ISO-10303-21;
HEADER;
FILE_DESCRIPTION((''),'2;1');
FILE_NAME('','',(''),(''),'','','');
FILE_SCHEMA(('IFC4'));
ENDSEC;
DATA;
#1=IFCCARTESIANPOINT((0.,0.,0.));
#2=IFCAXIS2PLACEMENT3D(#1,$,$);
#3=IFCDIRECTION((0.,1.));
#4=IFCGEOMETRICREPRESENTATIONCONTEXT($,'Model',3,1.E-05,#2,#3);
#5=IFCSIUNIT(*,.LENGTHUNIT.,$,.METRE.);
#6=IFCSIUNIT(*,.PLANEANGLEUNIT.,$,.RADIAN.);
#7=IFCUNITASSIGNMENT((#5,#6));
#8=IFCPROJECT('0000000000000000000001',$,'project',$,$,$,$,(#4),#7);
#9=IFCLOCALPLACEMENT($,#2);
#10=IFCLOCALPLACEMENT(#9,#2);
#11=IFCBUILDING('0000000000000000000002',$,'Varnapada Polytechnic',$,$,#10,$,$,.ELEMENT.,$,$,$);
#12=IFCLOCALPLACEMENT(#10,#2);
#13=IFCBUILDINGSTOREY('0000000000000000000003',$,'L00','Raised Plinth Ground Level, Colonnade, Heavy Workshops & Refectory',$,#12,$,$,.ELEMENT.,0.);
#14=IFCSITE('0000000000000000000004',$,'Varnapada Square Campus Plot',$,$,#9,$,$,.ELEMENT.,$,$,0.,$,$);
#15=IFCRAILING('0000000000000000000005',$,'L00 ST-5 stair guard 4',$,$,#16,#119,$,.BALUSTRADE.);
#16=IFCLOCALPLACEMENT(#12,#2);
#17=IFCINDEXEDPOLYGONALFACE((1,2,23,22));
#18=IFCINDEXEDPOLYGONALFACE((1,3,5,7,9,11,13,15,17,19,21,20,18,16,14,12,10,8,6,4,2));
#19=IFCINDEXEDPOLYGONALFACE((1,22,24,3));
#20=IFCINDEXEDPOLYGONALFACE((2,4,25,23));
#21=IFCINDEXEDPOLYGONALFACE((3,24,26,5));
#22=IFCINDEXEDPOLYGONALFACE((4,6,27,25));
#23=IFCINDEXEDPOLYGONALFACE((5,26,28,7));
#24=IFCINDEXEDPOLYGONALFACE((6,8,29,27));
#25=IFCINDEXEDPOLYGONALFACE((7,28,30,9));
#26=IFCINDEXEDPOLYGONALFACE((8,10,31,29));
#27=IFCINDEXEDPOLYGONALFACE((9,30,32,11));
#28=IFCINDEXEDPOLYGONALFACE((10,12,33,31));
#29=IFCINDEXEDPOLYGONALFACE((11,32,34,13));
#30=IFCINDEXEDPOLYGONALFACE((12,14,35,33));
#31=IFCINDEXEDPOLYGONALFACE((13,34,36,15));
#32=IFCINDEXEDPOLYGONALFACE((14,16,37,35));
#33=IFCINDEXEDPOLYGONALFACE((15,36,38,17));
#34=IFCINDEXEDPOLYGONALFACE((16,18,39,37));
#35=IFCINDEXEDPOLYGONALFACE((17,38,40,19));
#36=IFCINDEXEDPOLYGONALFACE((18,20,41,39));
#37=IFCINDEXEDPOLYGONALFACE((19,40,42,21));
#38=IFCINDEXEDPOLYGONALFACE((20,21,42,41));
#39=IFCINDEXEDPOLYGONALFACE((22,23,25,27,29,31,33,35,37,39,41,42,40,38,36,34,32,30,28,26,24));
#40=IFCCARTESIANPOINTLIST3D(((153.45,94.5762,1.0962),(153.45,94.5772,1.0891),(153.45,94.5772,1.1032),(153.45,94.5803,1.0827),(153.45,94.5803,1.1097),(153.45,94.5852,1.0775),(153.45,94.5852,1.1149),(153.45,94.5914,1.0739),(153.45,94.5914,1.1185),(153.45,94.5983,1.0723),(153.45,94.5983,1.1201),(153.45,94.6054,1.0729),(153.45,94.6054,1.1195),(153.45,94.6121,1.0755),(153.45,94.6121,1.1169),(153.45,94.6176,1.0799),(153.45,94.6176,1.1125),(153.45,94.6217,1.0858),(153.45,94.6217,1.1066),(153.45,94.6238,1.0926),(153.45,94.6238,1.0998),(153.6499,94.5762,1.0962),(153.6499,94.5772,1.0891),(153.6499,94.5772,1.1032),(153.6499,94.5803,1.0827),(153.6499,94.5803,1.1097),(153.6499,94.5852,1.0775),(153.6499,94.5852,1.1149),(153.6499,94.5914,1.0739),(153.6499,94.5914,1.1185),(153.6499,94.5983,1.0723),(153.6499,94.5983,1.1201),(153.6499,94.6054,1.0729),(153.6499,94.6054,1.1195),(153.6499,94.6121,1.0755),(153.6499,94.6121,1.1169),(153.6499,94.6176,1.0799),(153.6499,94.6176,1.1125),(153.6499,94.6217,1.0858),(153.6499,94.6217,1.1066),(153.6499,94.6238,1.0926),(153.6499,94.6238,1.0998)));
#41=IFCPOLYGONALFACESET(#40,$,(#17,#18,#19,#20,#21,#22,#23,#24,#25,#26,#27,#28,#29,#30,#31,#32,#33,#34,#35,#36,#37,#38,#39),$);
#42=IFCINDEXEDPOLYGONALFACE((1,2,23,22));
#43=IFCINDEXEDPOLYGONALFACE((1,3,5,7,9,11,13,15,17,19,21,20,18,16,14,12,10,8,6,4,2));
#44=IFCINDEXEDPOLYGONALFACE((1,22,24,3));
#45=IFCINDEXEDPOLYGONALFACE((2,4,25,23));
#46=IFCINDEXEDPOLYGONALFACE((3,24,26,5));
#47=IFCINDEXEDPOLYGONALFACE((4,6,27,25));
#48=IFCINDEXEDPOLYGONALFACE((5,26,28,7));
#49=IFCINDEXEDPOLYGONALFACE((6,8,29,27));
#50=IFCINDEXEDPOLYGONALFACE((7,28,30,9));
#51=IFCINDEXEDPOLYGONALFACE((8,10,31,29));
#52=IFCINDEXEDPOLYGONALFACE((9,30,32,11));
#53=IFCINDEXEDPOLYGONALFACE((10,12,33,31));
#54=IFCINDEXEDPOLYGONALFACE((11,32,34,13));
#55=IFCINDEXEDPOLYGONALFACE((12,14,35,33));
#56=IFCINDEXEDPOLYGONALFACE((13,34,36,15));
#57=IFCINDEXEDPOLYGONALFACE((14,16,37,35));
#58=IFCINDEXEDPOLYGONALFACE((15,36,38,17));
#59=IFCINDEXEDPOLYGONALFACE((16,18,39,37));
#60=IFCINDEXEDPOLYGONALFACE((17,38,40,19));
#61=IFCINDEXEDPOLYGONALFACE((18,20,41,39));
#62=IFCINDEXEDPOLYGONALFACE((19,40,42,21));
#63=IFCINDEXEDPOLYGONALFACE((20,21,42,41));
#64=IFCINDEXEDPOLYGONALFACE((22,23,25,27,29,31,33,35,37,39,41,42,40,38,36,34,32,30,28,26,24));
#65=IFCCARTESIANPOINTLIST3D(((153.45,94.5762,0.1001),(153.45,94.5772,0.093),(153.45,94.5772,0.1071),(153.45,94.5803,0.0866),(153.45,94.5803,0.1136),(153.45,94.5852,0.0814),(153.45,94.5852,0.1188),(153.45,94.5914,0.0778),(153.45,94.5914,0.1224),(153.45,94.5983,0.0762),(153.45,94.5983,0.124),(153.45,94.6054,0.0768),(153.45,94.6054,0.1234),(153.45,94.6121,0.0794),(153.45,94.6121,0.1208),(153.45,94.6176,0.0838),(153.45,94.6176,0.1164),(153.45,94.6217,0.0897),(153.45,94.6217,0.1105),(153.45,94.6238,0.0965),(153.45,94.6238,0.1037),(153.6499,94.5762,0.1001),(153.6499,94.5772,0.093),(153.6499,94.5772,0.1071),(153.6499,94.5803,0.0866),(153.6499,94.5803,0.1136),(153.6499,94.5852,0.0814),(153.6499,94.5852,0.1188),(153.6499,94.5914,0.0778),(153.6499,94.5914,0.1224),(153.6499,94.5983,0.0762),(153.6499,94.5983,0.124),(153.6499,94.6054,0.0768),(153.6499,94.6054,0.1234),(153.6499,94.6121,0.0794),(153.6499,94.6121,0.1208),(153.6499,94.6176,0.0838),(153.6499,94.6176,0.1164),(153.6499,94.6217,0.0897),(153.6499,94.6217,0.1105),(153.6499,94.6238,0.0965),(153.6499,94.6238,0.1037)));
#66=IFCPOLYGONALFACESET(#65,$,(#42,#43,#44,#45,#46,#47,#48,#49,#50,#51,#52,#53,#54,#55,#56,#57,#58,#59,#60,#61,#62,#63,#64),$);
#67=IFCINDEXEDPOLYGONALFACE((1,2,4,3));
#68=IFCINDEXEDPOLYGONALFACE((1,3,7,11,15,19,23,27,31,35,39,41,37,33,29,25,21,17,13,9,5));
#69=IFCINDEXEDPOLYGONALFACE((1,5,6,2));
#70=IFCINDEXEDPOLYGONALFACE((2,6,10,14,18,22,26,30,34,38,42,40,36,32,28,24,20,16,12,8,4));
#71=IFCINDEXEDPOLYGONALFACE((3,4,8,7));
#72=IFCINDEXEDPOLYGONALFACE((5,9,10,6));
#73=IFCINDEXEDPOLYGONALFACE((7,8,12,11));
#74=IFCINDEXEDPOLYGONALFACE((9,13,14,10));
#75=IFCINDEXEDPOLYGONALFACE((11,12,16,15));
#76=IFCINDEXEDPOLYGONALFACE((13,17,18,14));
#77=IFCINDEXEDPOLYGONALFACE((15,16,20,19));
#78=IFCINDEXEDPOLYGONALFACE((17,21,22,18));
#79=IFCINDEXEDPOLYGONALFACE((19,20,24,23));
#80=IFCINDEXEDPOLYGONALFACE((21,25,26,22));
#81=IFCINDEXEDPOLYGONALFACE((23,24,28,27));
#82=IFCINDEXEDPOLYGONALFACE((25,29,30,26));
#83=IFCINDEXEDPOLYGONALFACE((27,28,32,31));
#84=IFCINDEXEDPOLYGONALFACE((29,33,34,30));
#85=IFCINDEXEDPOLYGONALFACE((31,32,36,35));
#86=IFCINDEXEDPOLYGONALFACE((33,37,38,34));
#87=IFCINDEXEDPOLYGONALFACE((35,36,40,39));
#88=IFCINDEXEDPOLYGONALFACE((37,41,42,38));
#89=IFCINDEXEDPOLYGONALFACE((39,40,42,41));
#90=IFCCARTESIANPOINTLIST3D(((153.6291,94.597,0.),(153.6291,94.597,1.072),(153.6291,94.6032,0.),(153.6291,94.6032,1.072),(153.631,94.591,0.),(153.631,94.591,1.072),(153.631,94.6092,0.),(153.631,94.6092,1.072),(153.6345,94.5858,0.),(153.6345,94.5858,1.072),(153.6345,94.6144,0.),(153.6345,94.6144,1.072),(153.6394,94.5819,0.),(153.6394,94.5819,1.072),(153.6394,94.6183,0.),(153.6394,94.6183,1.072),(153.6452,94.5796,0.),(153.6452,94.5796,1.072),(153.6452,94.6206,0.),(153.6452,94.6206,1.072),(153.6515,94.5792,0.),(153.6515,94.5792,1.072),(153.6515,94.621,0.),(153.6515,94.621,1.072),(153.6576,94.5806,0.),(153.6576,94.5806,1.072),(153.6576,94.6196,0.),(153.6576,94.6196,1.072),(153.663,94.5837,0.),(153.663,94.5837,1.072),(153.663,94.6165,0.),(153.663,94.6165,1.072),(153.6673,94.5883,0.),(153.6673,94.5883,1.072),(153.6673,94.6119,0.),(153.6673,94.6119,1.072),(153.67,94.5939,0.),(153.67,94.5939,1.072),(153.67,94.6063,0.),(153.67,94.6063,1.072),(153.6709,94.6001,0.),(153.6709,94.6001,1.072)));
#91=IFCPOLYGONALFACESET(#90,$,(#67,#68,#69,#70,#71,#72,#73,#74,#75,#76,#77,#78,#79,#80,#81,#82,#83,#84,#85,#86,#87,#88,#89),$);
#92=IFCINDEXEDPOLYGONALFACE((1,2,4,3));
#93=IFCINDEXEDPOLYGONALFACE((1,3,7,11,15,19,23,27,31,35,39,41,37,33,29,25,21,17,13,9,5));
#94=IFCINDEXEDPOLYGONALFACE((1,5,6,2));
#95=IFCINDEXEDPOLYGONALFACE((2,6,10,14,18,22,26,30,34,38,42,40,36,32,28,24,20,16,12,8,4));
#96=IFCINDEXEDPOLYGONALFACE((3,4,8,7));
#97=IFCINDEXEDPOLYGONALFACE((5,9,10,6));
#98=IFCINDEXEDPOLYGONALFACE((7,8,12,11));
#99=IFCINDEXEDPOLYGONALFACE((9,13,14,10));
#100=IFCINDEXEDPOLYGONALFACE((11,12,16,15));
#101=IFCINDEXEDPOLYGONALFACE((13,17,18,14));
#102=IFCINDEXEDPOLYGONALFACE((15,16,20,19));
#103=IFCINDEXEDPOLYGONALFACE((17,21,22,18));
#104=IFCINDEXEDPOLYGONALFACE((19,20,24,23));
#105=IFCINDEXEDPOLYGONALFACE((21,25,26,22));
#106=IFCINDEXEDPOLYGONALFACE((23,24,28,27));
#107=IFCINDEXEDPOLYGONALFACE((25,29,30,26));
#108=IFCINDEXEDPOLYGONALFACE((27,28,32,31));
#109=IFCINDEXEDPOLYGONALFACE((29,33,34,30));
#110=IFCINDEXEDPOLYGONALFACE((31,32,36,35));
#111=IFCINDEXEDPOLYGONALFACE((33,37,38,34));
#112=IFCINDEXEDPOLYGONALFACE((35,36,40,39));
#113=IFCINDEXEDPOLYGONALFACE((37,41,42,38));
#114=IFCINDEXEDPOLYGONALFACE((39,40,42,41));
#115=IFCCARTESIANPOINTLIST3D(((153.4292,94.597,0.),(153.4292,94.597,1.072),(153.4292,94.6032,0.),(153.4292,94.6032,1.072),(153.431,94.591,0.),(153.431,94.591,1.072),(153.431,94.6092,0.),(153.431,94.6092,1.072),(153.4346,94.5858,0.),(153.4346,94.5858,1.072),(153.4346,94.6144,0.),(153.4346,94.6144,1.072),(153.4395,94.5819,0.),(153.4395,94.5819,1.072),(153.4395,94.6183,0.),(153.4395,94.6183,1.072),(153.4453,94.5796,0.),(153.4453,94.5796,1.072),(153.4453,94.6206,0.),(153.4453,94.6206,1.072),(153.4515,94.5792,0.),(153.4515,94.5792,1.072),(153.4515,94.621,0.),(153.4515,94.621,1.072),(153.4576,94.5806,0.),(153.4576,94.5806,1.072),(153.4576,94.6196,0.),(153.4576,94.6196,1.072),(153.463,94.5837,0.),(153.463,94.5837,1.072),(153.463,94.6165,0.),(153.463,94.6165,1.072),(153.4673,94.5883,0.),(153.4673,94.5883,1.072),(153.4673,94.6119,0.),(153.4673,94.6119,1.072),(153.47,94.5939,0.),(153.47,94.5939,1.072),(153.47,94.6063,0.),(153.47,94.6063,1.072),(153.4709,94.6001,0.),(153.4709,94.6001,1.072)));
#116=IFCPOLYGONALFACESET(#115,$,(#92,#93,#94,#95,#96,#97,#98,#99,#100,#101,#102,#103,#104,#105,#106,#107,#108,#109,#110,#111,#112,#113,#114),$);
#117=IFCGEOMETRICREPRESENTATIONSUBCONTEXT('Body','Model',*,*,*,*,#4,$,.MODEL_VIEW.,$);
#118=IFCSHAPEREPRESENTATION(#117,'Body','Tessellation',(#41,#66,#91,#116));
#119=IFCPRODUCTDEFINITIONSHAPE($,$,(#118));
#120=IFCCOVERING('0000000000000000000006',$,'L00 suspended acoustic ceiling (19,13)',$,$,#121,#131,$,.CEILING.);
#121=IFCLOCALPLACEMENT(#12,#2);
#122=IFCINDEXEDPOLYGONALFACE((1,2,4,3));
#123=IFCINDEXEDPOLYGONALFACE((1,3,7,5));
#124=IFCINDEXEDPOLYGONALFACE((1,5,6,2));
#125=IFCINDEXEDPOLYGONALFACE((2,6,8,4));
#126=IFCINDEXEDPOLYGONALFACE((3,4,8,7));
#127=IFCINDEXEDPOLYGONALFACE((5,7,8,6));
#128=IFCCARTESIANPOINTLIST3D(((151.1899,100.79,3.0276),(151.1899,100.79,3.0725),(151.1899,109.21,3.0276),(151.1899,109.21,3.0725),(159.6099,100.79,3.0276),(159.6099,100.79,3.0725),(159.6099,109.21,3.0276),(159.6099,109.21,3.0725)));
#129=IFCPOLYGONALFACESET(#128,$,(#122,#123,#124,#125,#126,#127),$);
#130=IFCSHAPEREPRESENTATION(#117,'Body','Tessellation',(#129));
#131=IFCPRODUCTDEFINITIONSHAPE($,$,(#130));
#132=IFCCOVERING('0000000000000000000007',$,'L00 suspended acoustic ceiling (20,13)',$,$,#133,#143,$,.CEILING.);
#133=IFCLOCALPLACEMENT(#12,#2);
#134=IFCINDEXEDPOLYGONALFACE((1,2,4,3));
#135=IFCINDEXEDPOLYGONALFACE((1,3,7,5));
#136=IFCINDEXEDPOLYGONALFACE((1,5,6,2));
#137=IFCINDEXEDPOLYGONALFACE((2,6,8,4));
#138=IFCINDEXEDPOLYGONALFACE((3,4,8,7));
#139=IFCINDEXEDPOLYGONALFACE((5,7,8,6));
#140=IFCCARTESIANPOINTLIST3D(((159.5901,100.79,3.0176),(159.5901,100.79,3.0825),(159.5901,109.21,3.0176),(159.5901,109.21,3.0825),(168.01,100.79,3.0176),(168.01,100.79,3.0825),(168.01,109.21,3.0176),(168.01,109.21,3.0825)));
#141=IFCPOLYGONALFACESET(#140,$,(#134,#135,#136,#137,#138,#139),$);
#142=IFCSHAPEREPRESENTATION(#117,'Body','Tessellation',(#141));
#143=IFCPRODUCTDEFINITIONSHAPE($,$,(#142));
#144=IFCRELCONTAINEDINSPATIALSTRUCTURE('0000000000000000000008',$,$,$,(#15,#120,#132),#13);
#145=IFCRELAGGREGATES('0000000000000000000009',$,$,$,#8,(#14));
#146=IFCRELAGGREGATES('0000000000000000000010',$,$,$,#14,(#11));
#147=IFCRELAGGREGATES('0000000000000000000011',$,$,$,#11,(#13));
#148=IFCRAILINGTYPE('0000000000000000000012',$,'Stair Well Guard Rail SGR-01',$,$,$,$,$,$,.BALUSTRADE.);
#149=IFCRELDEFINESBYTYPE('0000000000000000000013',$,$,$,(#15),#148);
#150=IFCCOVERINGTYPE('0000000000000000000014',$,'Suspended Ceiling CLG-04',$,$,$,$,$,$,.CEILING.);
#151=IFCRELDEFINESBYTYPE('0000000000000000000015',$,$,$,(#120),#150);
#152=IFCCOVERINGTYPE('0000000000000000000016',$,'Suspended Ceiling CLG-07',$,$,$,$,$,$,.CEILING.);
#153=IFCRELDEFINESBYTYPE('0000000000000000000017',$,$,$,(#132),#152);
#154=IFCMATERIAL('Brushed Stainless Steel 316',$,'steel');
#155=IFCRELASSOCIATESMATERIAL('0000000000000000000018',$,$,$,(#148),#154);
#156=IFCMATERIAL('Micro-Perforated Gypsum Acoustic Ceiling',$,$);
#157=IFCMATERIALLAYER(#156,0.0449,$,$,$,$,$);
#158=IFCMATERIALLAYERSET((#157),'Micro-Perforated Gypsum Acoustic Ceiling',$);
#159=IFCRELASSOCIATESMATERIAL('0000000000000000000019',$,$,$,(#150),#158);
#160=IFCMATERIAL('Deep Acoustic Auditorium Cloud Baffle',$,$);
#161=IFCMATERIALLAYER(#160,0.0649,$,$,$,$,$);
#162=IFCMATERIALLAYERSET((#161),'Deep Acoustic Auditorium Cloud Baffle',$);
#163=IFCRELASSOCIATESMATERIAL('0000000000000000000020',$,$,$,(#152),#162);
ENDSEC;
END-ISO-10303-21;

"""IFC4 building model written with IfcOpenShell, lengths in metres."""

from ifc_helpers import new_model, si_unit, direction, frame, origin, origin_2d, place, context, subcontext, project, spatial, rectangle, circle, extrude, material, layer, layer_set, type_object, element, save


model = new_model("IFC4")

# Units and contexts
model_context = context("Model", 3, precision=1e-05, world=origin(), true_north=direction((0.0, 1.0)))
body_context = subcontext(model_context, "Body", "Model", "MODEL_VIEW")
ifc_project = project(units=[si_unit("LENGTHUNIT", "METRE"), si_unit("PLANEANGLEUNIT", "RADIAN")], contexts=[model_context])

# Site, building, storey
site_placement = place(None, origin())
site = spatial("IfcSite", under=ifc_project, at=site_placement, Name="Varnapada Square Campus Plot", CompositionType="ELEMENT", RefElevation=0.0)
building_placement = place(site_placement, origin())
building = spatial("IfcBuilding", under=site, at=building_placement, Name="Varnapada Polytechnic", CompositionType="ELEMENT")
storey_placement = place(building_placement, origin())
storey = spatial("IfcBuildingStorey", under=building, at=storey_placement, Name="L00", Description="Raised Plinth Ground Level, Colonnade, Heavy Workshops & Refectory", CompositionType="ELEMENT", Elevation=0.0)

# Shared definitions
ifc_material_1 = material(Name="Brushed Stainless Steel 316", Category="steel")

# Railing
railing_type_1 = type_object("IfcRailingType", Name="Stair Well Guard Rail SGR-01", PredefinedType="BALUSTRADE", material=ifc_material_1)
railing_1_placement = place(storey_placement, frame((153.6499, 94.6001, 0.0)))
element("IfcRailing", 1, at=railing_1_placement, inside=storey, type_object=railing_type_1, Name="L00 ST-5 stair guard 4", PredefinedType="BALUSTRADE", context=body_context, shape_type="SweptSolid", body=[
    extrude(circle(Radius=0.0239, at=origin_2d()), frame((0.0, 0.0, 1.0962), z_axis=(-1.0, 0.0, 0.0), x_axis=(0.0, -1.0, 0.0)), (0.0, 0.0, 1.0), 0.2),
    extrude(circle(Radius=0.0239, at=origin_2d()), frame((0.0, 0.0, 0.1001), z_axis=(-1.0, 0.0, 0.0), x_axis=(0.0, -1.0, 0.0)), (0.0, 0.0, 1.0), 0.2),
    extrude(circle(Radius=0.021, at=origin_2d()), origin(), (0.0, 0.0, 1.0), 1.072),
    extrude(circle(Radius=0.021, at=origin_2d()), frame((-0.2, 0.0, 0.0)), (0.0, 0.0, 1.0), 1.072),
])

# Coverings
ifc_material_2 = material(Name="Micro-Perforated Gypsum Acoustic Ceiling")
ifc_layer_1 = layer(ifc_material_2, 0.0449)
ifc_layer_set_1 = layer_set([ifc_layer_1], Name="Micro-Perforated Gypsum Acoustic Ceiling")
covering_type_1 = type_object("IfcCoveringType", Name="Suspended Ceiling CLG-04", PredefinedType="CEILING", material=ifc_layer_set_1)
covering_1_placement = place(storey_placement, frame((155.3999, 105.0, 3.0276), z_axis=(0.0, 0.0, 1.0), x_axis=(1.0, 0.0, 0.0)))
element("IfcCovering", 2, at=covering_1_placement, inside=storey, type_object=covering_type_1, Name="L00 suspended acoustic ceiling (19,13)", PredefinedType="CEILING", context=body_context, shape_type="SweptSolid", body=[
    extrude(rectangle(XDim=8.4199, YDim=8.4199, at=origin_2d()), origin(), (0.0, 0.0, 1.0), 0.0449),
])
ifc_material_3 = material(Name="Deep Acoustic Auditorium Cloud Baffle")
ifc_layer_2 = layer(ifc_material_3, 0.0649)
ifc_layer_set_2 = layer_set([ifc_layer_2], Name="Deep Acoustic Auditorium Cloud Baffle")
covering_type_2 = type_object("IfcCoveringType", Name="Suspended Ceiling CLG-07", PredefinedType="CEILING", material=ifc_layer_set_2)
covering_2_placement = place(storey_placement, frame((163.8, 105.0, 3.0176), z_axis=(0.0, 0.0, 1.0), x_axis=(1.0, 0.0, 0.0)))
element("IfcCovering", 3, at=covering_2_placement, inside=storey, type_object=covering_type_2, Name="L00 suspended acoustic ceiling (20,13)", PredefinedType="CEILING", context=body_context, shape_type="SweptSolid", body=[
    extrude(rectangle(XDim=8.4199, YDim=8.4199, at=origin_2d()), origin(), (0.0, 0.0, 1.0), 0.0649),
])

save(model, "model.ifc")
